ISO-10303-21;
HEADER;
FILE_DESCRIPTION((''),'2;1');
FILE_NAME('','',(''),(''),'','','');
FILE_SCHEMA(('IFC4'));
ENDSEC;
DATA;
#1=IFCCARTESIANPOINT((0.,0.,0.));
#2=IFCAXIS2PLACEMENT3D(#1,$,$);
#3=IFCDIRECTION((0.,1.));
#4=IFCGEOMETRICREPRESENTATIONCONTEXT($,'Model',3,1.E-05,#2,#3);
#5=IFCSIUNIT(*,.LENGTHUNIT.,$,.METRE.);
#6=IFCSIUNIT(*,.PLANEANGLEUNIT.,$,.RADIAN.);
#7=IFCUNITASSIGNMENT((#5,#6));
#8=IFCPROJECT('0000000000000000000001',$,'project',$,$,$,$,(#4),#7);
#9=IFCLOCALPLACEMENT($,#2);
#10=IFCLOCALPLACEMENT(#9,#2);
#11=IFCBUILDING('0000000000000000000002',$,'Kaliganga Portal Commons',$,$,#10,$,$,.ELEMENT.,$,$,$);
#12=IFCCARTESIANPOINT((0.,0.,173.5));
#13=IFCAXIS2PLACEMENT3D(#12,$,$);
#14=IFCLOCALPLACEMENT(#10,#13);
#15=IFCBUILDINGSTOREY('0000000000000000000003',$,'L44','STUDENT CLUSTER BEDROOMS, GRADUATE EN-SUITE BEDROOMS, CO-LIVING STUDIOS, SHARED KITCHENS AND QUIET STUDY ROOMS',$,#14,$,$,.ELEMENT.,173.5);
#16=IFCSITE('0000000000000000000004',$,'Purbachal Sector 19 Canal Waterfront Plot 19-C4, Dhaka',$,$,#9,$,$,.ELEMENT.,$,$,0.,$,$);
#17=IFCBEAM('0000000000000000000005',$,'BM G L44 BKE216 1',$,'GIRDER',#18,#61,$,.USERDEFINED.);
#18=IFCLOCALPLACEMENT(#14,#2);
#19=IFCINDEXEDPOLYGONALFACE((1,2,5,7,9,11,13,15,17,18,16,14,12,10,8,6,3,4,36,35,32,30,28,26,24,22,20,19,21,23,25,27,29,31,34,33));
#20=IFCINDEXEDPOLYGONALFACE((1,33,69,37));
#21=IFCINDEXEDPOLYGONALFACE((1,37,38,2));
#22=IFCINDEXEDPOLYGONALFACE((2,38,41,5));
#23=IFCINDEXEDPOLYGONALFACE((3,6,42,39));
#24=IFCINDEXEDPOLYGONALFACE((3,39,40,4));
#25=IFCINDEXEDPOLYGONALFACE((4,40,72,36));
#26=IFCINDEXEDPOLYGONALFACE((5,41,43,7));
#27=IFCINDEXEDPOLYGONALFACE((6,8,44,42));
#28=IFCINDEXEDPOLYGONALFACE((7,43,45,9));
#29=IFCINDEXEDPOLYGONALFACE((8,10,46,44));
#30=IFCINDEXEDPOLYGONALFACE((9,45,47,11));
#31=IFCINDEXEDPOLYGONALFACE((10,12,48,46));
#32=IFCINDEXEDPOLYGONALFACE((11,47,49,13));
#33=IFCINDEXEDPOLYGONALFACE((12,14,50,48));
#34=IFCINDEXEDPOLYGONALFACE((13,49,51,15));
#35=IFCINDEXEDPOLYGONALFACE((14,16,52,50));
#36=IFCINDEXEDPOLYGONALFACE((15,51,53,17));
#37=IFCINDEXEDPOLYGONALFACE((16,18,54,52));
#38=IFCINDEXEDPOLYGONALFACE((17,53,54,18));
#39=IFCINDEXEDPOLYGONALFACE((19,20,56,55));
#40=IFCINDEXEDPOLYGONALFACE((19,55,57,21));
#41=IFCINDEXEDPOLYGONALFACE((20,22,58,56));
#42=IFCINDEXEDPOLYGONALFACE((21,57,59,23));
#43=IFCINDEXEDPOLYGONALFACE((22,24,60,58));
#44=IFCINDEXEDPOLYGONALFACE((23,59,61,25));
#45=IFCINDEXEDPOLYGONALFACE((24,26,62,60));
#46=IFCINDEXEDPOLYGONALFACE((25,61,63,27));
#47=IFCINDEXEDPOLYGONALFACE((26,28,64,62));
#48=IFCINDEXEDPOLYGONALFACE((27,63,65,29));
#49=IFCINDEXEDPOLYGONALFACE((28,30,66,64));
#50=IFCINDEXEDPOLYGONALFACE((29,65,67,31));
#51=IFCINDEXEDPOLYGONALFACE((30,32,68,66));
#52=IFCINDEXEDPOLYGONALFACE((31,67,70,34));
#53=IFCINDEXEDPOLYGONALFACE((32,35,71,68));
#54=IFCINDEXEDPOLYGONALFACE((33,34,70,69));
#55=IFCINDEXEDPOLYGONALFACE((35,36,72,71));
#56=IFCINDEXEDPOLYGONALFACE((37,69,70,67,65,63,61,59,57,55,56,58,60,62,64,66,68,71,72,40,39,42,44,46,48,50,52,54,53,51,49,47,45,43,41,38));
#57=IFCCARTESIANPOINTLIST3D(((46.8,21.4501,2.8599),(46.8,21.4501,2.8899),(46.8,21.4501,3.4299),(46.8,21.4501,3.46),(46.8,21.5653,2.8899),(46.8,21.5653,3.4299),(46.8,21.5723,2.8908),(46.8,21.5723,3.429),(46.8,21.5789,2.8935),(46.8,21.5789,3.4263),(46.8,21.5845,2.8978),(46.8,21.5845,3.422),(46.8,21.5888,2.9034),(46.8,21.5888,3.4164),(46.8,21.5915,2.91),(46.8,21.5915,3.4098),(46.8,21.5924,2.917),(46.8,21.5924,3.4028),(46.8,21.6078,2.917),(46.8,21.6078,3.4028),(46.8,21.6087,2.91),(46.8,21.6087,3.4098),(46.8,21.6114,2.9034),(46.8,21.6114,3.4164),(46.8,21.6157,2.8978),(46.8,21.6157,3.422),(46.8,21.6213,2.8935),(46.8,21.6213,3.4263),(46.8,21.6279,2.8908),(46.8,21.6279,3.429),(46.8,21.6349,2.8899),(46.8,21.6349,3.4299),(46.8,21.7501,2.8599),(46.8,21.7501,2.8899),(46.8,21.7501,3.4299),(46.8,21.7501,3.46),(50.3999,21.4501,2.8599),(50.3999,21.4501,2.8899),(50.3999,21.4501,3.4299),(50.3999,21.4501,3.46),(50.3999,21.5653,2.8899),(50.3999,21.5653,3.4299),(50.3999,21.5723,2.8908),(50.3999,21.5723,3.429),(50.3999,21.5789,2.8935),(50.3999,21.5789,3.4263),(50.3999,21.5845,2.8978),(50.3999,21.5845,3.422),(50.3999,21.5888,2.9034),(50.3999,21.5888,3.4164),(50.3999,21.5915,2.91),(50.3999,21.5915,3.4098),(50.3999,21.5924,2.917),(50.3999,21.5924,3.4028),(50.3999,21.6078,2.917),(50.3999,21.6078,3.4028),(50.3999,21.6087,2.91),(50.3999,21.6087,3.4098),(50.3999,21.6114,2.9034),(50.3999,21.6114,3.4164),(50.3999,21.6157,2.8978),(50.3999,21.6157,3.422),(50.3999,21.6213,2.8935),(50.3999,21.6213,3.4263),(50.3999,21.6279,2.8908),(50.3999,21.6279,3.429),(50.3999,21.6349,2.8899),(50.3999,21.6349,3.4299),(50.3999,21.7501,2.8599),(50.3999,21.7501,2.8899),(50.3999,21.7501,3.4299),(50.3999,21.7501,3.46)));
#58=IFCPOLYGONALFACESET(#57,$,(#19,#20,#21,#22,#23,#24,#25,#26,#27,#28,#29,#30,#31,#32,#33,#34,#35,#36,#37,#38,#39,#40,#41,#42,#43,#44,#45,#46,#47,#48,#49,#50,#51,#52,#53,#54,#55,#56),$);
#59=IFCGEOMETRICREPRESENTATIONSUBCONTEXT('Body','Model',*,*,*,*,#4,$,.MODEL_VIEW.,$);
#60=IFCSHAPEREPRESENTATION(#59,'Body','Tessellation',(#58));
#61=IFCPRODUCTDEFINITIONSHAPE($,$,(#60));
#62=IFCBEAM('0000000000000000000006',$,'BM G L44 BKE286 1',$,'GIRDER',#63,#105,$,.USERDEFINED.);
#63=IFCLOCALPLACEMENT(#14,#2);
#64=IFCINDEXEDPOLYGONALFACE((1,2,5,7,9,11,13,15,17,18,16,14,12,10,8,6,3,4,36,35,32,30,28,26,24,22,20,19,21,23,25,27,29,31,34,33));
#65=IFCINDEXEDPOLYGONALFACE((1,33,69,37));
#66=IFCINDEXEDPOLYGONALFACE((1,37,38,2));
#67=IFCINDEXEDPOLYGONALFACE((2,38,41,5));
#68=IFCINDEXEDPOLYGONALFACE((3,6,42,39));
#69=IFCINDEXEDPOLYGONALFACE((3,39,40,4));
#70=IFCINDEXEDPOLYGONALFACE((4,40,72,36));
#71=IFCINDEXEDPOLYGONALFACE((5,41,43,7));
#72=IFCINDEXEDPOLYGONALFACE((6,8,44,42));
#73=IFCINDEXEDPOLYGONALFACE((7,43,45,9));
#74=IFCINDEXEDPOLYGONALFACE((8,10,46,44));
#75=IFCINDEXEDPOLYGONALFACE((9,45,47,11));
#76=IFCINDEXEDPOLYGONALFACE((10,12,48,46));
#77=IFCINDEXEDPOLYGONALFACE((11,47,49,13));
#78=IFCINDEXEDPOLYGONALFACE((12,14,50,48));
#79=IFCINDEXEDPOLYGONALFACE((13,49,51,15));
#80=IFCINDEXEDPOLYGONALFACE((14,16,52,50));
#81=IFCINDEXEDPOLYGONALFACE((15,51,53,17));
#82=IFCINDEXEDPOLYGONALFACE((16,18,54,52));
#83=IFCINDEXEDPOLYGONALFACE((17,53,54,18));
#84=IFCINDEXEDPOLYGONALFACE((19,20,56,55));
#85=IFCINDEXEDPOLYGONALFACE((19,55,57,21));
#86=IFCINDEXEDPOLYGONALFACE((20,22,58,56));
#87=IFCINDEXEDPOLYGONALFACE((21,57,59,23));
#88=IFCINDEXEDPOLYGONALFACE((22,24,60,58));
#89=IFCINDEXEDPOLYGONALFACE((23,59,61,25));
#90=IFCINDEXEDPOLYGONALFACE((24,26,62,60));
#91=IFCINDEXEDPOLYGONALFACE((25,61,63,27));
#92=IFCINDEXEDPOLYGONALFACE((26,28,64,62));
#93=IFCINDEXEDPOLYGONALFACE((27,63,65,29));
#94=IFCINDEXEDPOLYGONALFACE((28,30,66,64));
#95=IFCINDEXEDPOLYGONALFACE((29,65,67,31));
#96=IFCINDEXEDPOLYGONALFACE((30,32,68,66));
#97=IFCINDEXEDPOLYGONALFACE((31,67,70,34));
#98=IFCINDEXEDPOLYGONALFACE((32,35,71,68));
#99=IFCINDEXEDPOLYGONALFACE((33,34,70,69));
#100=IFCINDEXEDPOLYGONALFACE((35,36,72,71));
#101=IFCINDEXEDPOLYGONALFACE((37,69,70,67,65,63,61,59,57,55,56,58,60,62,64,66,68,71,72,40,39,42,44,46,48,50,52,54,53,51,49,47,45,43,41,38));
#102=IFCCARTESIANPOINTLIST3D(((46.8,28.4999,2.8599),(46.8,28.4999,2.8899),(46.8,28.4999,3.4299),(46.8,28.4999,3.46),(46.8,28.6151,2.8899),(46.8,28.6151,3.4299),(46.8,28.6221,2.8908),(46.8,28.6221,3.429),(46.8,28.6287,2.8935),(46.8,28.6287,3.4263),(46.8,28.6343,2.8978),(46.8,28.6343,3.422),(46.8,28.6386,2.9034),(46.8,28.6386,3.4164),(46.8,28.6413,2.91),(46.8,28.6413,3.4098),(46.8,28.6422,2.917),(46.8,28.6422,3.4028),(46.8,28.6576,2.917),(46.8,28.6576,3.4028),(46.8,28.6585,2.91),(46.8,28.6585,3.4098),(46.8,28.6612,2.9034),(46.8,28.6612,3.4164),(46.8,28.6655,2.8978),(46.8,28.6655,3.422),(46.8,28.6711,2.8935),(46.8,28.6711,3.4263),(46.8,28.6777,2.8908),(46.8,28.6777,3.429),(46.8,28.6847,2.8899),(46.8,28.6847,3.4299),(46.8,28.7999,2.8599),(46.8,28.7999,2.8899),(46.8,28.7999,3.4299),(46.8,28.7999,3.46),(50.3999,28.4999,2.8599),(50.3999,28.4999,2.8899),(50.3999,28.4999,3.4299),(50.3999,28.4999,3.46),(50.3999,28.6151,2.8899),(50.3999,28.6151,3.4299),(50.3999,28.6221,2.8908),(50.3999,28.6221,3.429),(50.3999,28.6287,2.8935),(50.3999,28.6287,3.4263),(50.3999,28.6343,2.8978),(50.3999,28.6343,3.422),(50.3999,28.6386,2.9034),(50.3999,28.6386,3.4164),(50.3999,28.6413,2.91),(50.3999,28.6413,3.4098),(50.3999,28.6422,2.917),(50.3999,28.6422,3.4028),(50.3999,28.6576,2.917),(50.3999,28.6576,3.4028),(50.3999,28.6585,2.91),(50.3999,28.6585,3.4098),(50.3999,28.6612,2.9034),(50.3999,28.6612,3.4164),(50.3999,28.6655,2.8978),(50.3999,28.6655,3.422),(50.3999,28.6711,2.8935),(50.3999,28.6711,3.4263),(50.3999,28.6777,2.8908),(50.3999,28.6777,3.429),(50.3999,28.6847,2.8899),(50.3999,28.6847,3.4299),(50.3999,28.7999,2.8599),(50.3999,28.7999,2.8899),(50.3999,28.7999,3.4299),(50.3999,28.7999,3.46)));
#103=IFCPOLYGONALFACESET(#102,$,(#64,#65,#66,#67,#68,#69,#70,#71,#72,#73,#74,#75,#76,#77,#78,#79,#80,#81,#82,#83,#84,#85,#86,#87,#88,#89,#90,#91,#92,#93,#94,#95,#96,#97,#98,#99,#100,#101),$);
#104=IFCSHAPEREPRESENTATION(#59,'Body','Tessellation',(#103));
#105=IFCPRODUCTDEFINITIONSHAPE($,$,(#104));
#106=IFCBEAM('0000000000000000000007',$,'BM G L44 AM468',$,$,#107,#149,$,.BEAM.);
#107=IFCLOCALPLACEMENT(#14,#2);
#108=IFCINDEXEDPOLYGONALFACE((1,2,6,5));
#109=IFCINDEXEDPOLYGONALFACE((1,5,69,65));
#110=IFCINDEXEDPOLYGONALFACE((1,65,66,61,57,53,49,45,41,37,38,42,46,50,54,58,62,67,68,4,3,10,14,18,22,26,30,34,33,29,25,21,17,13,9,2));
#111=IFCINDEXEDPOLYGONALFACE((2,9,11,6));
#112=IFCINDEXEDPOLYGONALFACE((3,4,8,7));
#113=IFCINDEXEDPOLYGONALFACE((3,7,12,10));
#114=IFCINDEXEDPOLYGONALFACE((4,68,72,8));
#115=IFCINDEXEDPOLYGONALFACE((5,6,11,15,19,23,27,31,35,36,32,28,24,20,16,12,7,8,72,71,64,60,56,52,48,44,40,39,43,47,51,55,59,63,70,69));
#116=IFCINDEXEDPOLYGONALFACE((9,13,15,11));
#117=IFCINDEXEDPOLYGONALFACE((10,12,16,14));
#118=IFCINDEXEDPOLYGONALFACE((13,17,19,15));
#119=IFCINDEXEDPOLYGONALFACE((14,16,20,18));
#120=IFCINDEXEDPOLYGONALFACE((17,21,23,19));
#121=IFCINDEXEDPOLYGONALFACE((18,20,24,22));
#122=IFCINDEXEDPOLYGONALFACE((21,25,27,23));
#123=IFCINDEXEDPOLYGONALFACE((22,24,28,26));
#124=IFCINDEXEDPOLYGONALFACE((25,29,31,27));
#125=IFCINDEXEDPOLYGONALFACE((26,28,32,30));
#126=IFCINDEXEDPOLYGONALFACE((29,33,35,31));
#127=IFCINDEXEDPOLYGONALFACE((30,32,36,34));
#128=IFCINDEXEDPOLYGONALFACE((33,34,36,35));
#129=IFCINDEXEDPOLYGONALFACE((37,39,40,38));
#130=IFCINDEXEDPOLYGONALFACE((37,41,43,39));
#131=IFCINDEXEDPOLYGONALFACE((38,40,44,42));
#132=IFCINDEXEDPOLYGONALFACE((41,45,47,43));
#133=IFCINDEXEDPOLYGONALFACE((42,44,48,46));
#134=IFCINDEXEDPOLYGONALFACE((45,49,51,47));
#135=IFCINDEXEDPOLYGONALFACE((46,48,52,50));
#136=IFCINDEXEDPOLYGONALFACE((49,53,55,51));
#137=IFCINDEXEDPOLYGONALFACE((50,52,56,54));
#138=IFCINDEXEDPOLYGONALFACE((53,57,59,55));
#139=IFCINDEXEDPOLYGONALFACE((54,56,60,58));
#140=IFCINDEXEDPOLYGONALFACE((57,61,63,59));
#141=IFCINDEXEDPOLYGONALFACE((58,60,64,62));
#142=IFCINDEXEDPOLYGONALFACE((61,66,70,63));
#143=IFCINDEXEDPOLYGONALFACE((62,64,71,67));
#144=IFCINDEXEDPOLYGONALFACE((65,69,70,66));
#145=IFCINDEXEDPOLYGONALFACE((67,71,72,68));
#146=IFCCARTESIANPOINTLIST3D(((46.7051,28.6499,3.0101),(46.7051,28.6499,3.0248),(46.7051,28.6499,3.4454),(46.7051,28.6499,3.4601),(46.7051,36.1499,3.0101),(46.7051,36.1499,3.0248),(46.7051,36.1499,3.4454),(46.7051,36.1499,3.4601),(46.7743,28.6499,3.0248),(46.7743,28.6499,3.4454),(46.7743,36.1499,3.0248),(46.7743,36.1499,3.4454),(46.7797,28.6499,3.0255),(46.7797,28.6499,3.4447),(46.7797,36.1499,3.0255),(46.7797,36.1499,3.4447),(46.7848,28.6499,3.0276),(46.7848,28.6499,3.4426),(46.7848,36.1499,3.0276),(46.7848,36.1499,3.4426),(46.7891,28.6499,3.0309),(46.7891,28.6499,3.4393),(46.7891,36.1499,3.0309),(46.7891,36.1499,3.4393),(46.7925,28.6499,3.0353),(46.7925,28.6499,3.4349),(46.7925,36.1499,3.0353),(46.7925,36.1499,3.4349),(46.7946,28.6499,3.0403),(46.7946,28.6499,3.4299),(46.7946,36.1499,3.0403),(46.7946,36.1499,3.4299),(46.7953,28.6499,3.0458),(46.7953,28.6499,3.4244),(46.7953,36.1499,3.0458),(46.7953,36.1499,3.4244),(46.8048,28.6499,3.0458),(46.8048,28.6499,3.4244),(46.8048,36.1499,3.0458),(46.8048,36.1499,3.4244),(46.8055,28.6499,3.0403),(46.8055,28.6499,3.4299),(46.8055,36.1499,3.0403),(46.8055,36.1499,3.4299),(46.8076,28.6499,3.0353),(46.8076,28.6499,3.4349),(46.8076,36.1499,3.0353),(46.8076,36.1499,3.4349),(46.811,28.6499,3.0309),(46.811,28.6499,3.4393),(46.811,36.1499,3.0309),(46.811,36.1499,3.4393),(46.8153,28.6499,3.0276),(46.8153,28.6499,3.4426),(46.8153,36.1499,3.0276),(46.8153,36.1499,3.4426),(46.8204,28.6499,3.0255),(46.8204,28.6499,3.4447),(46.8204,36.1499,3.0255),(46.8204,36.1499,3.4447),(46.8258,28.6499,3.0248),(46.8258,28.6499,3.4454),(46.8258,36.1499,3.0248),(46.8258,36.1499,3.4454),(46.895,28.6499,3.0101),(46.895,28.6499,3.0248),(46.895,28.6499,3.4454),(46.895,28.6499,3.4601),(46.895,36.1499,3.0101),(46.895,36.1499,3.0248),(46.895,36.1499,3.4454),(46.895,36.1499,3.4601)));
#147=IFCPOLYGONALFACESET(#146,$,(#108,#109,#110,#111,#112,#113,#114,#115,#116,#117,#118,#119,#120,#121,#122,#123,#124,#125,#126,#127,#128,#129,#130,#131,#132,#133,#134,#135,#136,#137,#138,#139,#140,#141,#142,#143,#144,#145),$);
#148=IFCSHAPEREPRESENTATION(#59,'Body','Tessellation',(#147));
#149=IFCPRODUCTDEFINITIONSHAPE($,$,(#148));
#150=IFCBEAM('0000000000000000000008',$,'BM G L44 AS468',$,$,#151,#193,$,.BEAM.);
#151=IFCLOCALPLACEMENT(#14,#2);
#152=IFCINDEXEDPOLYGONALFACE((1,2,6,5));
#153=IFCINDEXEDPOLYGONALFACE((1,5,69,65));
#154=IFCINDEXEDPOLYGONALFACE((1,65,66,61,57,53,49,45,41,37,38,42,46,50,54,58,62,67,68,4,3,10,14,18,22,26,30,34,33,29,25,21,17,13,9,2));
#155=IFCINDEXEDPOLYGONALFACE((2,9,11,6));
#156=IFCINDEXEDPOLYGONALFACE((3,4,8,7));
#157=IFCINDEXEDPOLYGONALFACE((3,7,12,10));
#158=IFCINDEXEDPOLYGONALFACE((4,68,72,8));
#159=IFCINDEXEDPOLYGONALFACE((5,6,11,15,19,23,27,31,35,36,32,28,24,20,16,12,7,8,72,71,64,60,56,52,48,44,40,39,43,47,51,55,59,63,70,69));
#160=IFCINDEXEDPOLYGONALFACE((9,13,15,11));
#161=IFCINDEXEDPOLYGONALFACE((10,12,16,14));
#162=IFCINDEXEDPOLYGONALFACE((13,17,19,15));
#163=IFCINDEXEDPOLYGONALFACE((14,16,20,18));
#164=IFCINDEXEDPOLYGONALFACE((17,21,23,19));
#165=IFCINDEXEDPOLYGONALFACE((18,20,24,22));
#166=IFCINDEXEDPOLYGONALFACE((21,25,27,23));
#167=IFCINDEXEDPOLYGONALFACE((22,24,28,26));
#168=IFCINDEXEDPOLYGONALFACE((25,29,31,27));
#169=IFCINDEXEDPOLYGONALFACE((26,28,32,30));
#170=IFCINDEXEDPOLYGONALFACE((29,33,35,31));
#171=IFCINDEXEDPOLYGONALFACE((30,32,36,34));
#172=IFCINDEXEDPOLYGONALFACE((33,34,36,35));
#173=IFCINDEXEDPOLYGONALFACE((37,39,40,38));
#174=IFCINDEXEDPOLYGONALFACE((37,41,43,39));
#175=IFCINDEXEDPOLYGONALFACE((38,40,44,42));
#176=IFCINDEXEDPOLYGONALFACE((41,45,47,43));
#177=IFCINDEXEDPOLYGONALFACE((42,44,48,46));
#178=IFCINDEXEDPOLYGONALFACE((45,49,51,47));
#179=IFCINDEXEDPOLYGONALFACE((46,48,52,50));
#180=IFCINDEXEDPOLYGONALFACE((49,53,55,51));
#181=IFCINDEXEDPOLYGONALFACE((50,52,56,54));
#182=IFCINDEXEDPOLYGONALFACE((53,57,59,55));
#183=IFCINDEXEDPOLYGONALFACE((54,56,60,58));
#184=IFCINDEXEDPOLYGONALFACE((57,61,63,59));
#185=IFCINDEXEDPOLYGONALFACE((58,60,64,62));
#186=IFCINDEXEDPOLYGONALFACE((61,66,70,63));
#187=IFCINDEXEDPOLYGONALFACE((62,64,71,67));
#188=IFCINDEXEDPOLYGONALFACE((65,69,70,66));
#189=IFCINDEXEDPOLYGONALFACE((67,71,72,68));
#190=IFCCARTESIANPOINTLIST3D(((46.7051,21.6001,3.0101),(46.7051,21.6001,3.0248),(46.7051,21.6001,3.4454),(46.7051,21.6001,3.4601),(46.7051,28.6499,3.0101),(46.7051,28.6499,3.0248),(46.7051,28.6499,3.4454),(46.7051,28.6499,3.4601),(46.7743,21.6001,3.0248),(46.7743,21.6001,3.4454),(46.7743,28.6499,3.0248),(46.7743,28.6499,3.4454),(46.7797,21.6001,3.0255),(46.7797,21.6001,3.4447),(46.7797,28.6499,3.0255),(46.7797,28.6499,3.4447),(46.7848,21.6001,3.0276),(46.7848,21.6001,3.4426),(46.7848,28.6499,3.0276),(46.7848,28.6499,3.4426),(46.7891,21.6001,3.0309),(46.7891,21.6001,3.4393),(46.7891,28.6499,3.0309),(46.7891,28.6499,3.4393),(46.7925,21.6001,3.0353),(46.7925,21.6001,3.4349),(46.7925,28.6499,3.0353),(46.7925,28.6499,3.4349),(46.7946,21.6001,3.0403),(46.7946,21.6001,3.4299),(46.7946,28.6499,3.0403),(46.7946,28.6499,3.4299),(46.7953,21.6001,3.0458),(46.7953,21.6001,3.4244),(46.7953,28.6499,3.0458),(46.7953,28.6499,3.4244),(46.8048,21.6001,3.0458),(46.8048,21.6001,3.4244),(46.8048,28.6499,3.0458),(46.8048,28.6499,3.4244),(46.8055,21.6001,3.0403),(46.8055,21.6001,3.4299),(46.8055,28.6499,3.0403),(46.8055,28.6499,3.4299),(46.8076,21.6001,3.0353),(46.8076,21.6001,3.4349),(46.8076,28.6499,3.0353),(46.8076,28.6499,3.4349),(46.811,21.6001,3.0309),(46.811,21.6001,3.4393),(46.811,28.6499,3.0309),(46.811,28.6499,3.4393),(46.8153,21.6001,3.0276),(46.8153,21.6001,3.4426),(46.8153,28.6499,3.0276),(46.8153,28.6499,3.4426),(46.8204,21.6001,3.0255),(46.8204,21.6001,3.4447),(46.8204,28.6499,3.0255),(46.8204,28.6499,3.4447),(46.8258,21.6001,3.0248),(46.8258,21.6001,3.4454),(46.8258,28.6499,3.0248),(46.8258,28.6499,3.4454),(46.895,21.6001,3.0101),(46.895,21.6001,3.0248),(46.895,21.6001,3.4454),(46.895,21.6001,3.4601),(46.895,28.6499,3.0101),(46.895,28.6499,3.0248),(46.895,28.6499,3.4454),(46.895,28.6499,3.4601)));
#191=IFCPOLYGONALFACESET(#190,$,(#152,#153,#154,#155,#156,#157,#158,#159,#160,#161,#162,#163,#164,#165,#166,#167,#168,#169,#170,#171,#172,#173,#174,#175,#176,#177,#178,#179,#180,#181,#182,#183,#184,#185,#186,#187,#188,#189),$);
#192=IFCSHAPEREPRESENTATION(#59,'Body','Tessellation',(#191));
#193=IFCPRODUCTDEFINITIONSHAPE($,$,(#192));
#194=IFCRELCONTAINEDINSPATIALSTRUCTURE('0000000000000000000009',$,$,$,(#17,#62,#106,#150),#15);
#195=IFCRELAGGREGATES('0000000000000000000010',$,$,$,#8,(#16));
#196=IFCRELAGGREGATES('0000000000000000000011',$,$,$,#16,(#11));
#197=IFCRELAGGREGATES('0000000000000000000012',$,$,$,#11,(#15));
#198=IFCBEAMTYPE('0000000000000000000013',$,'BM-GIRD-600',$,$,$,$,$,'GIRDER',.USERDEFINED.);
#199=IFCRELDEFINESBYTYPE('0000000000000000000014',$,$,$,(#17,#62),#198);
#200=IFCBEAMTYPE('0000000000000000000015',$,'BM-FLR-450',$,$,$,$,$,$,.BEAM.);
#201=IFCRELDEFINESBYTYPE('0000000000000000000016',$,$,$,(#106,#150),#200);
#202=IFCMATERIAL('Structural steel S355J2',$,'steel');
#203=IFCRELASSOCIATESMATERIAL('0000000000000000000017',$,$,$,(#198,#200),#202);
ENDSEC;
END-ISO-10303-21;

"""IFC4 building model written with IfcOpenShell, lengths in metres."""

from ifc_helpers import new_model, si_unit, direction, frame, origin, origin_2d, place, context, subcontext, project, spatial, i_section, extrude, source, transform, mapped, material, material_profile, profile_set, type_object, element, save


model = new_model("IFC4")

# Units and contexts
model_context = context("Model", 3, precision=1e-05, world=origin(), true_north=direction((0.0, 1.0)))
body_context = subcontext(model_context, "Body", "Model", "MODEL_VIEW")
ifc_project = project(units=[si_unit("LENGTHUNIT", "METRE"), si_unit("PLANEANGLEUNIT", "RADIAN")], contexts=[model_context])

# Site, building, storey
site_placement = place(None, origin())
site = spatial("IfcSite", under=ifc_project, at=site_placement, Name="Purbachal Sector 19 Canal Waterfront Plot 19-C4, Dhaka", CompositionType="ELEMENT", RefElevation=0.0)
building_placement = place(site_placement, origin())
building = spatial("IfcBuilding", under=site, at=building_placement, Name="Kaliganga Portal Commons", CompositionType="ELEMENT")
storey_placement = place(building_placement, frame((0.0, 0.0, 173.5)))
storey = spatial("IfcBuildingStorey", under=building, at=storey_placement, Name="L44", Description="STUDENT CLUSTER BEDROOMS, GRADUATE EN-SUITE BEDROOMS, CO-LIVING STUDIOS, SHARED KITCHENS AND QUIET STUDY ROOMS", CompositionType="ELEMENT", Elevation=173.5)

# Beams
ifc_material_1 = material(Name="Structural steel S355J2", Category="steel")
ifc_material_profile_1 = material_profile(ifc_material_1, i_section(OverallWidth=0.3, OverallDepth=0.6001, WebThickness=0.0154, FlangeThickness=0.03, FilletRadius=0.0271, at=origin_2d()), Name="HE 600 B")
ifc_profile_set_1 = profile_set([ifc_material_profile_1], Name="Structural steel S355J2 wide-flange")
beam_type_1 = type_object("IfcBeamType", Name="BM-GIRD-600", ElementType="GIRDER", PredefinedType="USERDEFINED", material=ifc_profile_set_1)
shared_shape_1 = source(origin(), body_context, "Body", "SweptSolid", [
    extrude(i_section(OverallWidth=0.3, OverallDepth=0.6001, WebThickness=0.0154, FlangeThickness=0.03, FilletRadius=0.0271, at=origin_2d()), origin(), (0.0, 0.0, 1.0), 3.5999),
])
for number, where, z_axis, x_axis, name in (
    (1, (46.8, 21.6001, 3.1599), (1.0, 0.0, 0.0), (0.0, 1.0, 0.0), "BM G L44 BKE216 1"),
    (2, (46.8, 28.6499, 3.1599), (1.0, 0.0, 0.0), (0.0, 1.0, 0.0), "BM G L44 BKE286 1"),
):
    element("IfcBeam", number, at=place(storey_placement, frame(where, z_axis=z_axis, x_axis=x_axis)), inside=storey, type_object=beam_type_1, Name=name, ObjectType="GIRDER", PredefinedType="USERDEFINED", context=body_context, shape_type="MappedRepresentation", body=[
        mapped(shared_shape_1, transform((0.0, 0.0, 0.0), x_axis=(1.0, 0.0, 0.0), y_axis=(0.0, 1.0, 0.0), z_axis=(0.0, 0.0, 1.0), scale=1.0)),
    ])
ifc_material_profile_2 = material_profile(ifc_material_1, i_section(OverallWidth=0.1899, OverallDepth=0.45, WebThickness=0.0095, FlangeThickness=0.0146, FilletRadius=0.021, at=origin_2d()), Name="IPE 450")
ifc_profile_set_2 = profile_set([ifc_material_profile_2], Name="Structural steel S355J2 wide-flange")
beam_type_2 = type_object("IfcBeamType", Name="BM-FLR-450", PredefinedType="BEAM", material=ifc_profile_set_2)
shared_shape_2 = source(origin(), body_context, "Body", "SweptSolid", [
    extrude(i_section(OverallWidth=0.1899, OverallDepth=0.45, WebThickness=0.0095, FlangeThickness=0.0146, FilletRadius=0.021, at=origin_2d()), origin(), (0.0, 0.0, 1.0), 7.5),
])
beam_1_placement = place(storey_placement, frame((46.8, 28.6499, 3.2351), z_axis=(0.0, 1.0, 0.0), x_axis=(-1.0, 0.0, 0.0)))
element("IfcBeam", 3, at=beam_1_placement, inside=storey, type_object=beam_type_2, Name="BM G L44 AM468", PredefinedType="BEAM", context=body_context, shape_type="MappedRepresentation", body=[
    mapped(shared_shape_2, transform((0.0, 0.0, 0.0), x_axis=(1.0, 0.0, 0.0), y_axis=(0.0, 1.0, 0.0), z_axis=(0.0, 0.0, 1.0), scale=1.0)),
])
shared_shape_3 = source(origin(), body_context, "Body", "SweptSolid", [
    extrude(i_section(OverallWidth=0.1899, OverallDepth=0.45, WebThickness=0.0095, FlangeThickness=0.0146, FilletRadius=0.021, at=origin_2d()), origin(), (0.0, 0.0, 1.0), 7.0498),
])
beam_2_placement = place(storey_placement, frame((46.8, 21.6001, 3.2351), z_axis=(0.0, 1.0, 0.0), x_axis=(-1.0, 0.0, 0.0)))
element("IfcBeam", 4, at=beam_2_placement, inside=storey, type_object=beam_type_2, Name="BM G L44 AS468", PredefinedType="BEAM", context=body_context, shape_type="MappedRepresentation", body=[
    mapped(shared_shape_3, transform((0.0, 0.0, 0.0), x_axis=(1.0, 0.0, 0.0), y_axis=(0.0, 1.0, 0.0), z_axis=(0.0, 0.0, 1.0), scale=1.0)),
])

save(model, "model.ifc")
